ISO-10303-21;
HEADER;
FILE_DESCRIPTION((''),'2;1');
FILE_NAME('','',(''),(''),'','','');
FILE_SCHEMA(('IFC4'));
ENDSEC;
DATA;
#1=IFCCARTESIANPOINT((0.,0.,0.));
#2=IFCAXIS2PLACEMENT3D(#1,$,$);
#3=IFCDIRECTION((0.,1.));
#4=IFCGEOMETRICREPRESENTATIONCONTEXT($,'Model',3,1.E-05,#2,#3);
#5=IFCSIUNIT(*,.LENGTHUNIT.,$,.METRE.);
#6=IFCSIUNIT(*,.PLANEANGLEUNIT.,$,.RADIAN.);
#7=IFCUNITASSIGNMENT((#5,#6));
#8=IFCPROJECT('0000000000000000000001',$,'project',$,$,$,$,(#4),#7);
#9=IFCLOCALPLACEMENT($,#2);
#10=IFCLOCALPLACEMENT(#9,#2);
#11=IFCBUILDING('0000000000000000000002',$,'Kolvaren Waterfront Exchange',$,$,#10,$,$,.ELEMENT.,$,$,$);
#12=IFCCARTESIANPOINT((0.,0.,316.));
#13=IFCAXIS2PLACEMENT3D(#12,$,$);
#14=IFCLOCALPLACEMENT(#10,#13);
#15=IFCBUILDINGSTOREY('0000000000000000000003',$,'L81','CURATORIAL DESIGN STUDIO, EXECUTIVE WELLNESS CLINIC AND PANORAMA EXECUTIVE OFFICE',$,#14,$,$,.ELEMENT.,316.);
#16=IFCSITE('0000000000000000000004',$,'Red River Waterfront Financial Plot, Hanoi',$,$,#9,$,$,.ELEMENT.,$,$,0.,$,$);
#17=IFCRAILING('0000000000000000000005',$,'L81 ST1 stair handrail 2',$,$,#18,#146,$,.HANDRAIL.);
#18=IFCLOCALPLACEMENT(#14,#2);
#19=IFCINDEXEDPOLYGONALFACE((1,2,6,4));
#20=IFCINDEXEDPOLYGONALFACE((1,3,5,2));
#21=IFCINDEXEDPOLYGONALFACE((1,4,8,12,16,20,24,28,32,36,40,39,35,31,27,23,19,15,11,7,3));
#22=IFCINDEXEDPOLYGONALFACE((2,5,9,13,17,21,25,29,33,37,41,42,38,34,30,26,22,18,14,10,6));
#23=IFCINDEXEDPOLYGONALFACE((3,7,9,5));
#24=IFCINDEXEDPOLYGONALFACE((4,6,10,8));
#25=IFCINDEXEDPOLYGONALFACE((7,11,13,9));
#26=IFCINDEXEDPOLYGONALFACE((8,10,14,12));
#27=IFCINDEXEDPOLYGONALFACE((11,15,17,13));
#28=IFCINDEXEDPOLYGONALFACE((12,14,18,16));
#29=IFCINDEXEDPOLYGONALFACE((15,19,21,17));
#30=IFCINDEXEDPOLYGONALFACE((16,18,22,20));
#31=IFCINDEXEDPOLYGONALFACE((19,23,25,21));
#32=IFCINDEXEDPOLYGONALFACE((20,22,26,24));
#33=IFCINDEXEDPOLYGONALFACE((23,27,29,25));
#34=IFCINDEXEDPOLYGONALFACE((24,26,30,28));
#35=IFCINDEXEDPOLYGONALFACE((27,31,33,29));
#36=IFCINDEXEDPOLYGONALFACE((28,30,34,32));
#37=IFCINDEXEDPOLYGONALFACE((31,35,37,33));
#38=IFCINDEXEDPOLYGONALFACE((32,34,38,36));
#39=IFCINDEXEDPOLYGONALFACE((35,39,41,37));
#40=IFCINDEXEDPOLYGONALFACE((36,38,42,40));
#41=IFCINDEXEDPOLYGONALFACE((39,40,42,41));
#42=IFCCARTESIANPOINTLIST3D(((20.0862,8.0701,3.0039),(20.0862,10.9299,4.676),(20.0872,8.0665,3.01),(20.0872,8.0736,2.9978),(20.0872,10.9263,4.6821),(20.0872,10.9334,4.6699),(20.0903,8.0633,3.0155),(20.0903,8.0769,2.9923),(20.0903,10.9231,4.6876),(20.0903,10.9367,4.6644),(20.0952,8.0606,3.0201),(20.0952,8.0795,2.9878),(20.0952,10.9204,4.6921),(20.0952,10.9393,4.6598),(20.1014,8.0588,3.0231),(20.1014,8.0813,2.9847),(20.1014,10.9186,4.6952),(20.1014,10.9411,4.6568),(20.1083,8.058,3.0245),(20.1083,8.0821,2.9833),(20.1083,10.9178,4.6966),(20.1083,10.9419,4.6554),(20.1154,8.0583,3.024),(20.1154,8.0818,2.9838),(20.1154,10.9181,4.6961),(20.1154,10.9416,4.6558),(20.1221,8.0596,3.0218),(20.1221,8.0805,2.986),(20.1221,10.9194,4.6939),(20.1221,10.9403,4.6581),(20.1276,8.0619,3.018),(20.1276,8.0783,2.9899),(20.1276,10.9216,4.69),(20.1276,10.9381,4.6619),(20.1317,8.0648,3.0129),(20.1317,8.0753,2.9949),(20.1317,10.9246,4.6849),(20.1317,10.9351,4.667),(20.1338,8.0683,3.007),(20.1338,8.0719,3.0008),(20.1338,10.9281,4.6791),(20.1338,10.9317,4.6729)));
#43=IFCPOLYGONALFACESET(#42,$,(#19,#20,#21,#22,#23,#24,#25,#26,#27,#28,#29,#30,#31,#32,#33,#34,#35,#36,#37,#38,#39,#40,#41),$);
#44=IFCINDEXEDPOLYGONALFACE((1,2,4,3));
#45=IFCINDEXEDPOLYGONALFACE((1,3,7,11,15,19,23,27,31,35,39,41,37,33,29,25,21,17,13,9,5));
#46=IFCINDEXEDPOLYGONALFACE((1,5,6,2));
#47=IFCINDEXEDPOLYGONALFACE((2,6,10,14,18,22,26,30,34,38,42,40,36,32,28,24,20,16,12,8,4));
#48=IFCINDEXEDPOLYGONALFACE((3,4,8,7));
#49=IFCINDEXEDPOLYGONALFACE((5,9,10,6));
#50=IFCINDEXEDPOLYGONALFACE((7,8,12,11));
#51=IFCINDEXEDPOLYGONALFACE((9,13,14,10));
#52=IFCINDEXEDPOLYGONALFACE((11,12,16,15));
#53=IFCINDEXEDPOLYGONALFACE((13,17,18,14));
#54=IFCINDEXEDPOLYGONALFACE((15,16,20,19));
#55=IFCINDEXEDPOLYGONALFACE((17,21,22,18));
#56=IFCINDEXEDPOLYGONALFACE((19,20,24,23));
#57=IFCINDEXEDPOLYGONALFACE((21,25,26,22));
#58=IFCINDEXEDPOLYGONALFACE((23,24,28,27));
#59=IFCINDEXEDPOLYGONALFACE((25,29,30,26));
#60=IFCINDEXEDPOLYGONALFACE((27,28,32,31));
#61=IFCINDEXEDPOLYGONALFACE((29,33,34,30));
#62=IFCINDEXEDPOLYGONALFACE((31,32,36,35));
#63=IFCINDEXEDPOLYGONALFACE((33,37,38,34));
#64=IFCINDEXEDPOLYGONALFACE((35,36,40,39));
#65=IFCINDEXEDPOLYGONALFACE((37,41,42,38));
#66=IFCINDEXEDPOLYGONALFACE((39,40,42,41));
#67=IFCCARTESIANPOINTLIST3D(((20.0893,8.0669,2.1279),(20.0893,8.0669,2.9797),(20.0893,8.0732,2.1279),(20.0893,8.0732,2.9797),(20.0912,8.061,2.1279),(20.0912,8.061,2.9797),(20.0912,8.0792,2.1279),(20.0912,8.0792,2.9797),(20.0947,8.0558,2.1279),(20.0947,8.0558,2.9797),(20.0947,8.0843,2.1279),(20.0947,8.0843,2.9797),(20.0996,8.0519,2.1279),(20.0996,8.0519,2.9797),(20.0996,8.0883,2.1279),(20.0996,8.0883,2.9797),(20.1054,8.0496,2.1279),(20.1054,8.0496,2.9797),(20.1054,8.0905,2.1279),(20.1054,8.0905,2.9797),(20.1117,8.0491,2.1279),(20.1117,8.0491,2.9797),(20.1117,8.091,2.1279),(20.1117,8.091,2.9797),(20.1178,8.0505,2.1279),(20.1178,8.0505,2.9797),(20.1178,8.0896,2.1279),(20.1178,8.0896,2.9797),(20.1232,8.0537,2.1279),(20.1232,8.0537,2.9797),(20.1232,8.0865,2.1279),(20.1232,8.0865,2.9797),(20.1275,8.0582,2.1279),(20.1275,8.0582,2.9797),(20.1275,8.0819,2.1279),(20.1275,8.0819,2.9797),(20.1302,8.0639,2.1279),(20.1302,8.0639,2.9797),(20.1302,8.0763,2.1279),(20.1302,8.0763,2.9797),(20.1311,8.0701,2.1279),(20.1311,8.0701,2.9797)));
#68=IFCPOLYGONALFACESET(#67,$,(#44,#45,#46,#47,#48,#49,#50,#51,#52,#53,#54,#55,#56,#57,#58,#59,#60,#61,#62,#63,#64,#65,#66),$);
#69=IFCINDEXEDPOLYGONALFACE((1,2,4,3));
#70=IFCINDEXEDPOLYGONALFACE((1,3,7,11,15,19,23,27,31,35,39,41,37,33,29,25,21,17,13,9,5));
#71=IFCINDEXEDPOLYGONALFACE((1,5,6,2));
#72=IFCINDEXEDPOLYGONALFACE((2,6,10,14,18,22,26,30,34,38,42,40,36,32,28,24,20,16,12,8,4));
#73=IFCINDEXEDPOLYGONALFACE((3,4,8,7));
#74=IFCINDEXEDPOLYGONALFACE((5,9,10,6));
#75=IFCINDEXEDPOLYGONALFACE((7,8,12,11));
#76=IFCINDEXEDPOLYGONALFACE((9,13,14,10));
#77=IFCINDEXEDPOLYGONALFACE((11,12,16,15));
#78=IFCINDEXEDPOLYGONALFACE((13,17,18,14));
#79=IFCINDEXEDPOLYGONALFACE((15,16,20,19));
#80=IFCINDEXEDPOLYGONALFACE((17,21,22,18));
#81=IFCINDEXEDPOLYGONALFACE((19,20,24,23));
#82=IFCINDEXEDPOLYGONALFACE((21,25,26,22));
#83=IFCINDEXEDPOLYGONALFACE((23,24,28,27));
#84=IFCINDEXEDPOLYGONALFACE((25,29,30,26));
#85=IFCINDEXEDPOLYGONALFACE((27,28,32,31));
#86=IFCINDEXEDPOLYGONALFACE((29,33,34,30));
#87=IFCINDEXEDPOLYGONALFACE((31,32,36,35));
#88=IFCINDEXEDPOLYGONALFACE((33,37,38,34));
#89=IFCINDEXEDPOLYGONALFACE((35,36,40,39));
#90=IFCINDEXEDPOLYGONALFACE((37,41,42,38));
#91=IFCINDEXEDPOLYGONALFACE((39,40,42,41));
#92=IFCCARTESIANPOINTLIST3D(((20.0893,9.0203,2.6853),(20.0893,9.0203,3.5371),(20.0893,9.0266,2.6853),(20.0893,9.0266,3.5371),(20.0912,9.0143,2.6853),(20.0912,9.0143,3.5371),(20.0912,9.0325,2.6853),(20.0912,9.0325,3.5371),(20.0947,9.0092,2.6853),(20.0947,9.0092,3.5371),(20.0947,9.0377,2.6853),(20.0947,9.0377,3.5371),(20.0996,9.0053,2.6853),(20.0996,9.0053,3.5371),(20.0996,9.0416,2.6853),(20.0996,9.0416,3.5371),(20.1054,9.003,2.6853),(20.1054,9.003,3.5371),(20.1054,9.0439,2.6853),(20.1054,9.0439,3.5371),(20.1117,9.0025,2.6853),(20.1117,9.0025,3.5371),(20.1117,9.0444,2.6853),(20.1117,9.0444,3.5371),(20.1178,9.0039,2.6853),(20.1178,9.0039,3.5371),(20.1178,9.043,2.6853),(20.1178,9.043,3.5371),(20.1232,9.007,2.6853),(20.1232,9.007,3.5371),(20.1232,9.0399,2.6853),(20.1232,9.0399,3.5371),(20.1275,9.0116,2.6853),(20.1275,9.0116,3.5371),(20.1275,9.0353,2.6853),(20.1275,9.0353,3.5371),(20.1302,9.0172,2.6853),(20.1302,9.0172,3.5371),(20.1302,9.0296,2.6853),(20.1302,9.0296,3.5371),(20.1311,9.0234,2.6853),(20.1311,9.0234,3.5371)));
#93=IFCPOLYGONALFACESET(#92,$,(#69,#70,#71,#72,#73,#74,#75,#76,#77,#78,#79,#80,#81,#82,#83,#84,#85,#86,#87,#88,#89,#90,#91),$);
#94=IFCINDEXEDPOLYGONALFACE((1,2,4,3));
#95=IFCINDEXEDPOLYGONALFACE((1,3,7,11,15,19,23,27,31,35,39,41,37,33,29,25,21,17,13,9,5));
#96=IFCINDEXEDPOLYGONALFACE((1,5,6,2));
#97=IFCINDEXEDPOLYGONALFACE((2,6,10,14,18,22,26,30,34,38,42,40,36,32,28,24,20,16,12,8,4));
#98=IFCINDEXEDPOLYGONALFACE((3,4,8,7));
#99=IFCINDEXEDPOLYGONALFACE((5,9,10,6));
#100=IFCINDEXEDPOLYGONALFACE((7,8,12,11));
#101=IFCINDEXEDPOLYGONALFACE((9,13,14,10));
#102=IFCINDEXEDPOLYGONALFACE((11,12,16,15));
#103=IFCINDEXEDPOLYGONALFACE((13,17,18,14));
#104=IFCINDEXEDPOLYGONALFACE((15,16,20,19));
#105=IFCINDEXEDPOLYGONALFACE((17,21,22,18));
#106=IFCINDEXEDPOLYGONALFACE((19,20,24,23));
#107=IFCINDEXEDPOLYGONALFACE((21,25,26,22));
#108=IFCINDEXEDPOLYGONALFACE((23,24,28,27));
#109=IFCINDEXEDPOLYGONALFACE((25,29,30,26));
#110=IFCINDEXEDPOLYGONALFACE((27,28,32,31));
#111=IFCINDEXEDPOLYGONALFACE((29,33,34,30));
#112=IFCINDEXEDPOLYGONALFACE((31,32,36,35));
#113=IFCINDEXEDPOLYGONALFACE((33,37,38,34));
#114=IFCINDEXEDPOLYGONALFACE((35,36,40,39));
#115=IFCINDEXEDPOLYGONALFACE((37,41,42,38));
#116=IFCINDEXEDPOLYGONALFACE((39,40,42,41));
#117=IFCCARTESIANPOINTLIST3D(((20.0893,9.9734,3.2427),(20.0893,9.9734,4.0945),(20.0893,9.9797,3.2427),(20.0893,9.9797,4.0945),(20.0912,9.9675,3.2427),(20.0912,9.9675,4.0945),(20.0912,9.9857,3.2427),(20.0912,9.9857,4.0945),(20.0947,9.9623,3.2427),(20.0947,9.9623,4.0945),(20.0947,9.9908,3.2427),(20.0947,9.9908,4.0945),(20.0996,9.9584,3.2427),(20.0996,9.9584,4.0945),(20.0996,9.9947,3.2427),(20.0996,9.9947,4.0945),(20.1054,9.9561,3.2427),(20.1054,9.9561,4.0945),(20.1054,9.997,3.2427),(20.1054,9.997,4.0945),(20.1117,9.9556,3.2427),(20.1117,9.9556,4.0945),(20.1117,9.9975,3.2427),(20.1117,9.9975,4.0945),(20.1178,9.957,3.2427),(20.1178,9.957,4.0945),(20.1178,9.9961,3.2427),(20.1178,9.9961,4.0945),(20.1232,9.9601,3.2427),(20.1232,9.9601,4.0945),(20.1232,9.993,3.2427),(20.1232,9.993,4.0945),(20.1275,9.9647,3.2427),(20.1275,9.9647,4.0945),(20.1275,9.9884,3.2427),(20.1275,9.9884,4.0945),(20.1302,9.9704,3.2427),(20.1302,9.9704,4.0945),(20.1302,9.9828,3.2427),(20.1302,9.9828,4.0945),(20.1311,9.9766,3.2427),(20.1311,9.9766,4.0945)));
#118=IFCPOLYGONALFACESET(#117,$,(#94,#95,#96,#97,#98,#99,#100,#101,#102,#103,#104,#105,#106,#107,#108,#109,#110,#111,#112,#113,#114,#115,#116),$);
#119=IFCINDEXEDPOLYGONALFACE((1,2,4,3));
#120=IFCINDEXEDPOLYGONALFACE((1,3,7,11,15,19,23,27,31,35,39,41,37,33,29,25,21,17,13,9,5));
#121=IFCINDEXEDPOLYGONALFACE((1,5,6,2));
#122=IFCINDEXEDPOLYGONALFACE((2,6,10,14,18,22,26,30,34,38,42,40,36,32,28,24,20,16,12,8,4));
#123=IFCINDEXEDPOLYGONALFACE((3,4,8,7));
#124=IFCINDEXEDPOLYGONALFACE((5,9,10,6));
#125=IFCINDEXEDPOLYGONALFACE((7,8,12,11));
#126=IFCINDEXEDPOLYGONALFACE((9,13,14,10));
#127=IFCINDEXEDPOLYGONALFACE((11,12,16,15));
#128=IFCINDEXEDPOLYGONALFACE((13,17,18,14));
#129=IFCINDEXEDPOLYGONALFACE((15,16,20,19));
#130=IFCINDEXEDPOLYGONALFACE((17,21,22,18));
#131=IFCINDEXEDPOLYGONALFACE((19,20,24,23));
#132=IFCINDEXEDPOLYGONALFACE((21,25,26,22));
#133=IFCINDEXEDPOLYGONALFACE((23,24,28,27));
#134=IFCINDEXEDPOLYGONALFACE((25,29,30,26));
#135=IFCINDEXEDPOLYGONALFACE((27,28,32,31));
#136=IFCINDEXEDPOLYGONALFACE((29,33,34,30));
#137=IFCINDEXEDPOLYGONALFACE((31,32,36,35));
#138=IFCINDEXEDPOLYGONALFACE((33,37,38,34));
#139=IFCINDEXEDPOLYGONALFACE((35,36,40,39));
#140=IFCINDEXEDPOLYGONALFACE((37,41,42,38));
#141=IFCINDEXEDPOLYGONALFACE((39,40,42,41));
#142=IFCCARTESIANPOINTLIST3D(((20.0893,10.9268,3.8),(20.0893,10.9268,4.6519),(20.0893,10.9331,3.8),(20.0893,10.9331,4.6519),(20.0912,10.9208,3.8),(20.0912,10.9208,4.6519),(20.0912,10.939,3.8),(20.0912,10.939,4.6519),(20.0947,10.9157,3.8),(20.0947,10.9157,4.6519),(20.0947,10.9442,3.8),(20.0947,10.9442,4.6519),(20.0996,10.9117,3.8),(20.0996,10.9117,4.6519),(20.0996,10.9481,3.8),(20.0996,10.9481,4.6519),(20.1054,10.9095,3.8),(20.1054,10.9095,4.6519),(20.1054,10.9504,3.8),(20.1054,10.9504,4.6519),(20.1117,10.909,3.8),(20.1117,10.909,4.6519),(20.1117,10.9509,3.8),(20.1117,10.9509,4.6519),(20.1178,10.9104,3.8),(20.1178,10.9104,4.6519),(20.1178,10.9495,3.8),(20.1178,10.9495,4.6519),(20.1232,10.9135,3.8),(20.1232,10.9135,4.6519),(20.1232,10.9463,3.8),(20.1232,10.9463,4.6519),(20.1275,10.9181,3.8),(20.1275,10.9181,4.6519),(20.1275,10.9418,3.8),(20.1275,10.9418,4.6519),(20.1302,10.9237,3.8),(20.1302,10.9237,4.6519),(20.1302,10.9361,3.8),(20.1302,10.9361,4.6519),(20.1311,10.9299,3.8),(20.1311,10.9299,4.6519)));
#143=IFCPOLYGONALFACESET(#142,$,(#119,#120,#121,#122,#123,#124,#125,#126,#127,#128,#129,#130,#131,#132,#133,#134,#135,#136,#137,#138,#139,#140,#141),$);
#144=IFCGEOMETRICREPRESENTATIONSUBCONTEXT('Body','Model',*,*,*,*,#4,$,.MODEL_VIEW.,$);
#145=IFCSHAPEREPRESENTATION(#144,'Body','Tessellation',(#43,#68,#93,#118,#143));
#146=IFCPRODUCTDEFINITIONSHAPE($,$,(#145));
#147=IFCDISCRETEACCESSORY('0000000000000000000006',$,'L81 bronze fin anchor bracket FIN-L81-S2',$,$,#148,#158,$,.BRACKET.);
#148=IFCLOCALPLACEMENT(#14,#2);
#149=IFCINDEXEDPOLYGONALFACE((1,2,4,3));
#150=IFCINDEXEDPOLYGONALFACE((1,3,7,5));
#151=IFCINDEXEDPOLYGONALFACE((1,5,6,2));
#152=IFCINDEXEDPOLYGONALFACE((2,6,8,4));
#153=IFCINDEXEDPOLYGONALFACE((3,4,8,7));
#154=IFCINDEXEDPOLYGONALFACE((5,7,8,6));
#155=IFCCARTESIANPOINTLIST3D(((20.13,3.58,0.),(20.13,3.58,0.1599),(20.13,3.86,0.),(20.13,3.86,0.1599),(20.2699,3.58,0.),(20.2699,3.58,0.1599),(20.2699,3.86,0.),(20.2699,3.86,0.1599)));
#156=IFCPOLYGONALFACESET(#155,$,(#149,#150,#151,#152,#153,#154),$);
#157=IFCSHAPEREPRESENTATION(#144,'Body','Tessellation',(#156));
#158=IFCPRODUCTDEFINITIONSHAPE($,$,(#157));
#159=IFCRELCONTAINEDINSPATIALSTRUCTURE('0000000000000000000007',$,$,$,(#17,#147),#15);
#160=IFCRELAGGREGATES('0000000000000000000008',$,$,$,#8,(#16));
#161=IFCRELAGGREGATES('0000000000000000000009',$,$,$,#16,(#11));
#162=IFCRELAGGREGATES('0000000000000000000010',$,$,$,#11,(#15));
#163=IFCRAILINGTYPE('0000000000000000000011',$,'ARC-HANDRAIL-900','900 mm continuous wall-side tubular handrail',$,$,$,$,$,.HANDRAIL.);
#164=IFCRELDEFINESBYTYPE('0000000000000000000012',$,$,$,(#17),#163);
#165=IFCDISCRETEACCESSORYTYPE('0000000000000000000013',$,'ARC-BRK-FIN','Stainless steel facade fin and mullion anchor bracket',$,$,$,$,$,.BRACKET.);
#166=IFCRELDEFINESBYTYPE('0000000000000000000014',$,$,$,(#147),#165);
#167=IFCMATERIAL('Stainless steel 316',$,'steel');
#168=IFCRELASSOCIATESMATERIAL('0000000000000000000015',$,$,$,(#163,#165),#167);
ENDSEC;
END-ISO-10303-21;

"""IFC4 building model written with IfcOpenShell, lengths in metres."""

from ifc_helpers import new_model, si_unit, direction, frame, origin, origin_with_axes, origin_2d, place, context, subcontext, project, spatial, rectangle, circle, extrude, source, transform, mapped, material, type_object, element, save


model = new_model("IFC4")

# Units and contexts
model_context = context("Model", 3, precision=1e-05, world=origin(), true_north=direction((0.0, 1.0)))
body_context = subcontext(model_context, "Body", "Model", "MODEL_VIEW")
ifc_project = project(units=[si_unit("LENGTHUNIT", "METRE"), si_unit("PLANEANGLEUNIT", "RADIAN")], contexts=[model_context])

# Site, building, storey
site_placement = place(None, origin())
site = spatial("IfcSite", under=ifc_project, at=site_placement, Name="Red River Waterfront Financial Plot, Hanoi", CompositionType="ELEMENT", RefElevation=0.0)
building_placement = place(site_placement, origin())
building = spatial("IfcBuilding", under=site, at=building_placement, Name="Kolvaren Waterfront Exchange", CompositionType="ELEMENT")
storey_placement = place(building_placement, frame((0.0, 0.0, 316.0)))
storey = spatial("IfcBuildingStorey", under=building, at=storey_placement, Name="L81", Description="CURATORIAL DESIGN STUDIO, EXECUTIVE WELLNESS CLINIC AND PANORAMA EXECUTIVE OFFICE", CompositionType="ELEMENT", Elevation=316.0)

# Railing
ifc_material_1 = material(Name="Stainless steel 316", Category="steel")
railing_type_1 = type_object("IfcRailingType", Name="ARC-HANDRAIL-900", Description="900 mm continuous wall-side tubular handrail", PredefinedType="HANDRAIL", material=ifc_material_1)
railing_1_placement = place(storey_placement, frame((20.1101, 8.0701, 2.1279)))
element("IfcRailing", 1, at=railing_1_placement, inside=storey, type_object=railing_type_1, Name="L81 ST1 stair handrail 2", PredefinedType="HANDRAIL", context=body_context, shape_type="SweptSolid", body=[
    extrude(circle(Radius=0.0239, at=origin_2d()), frame((0.0, 0.0, 0.876), z_axis=(0.0, 0.863271, 0.504741), x_axis=(-1.0, 0.0, 0.0)), (0.0, 0.0, 1.0), 3.3127),
    extrude(circle(Radius=0.021, at=origin_2d()), origin(), (0.0, 0.0, 1.0), 0.8518),
    extrude(circle(Radius=0.021, at=origin_2d()), frame((0.0, 0.9534, 0.5574)), (0.0, 0.0, 1.0), 0.8518),
    extrude(circle(Radius=0.021, at=origin_2d()), frame((0.0, 1.9065, 1.1147)), (0.0, 0.0, 1.0), 0.8518),
    extrude(circle(Radius=0.021, at=origin_2d()), frame((0.0, 2.8599, 1.6721)), (0.0, 0.0, 1.0), 0.8518),
])

# Discrete accessory
discrete_accessory_type = type_object("IfcDiscreteAccessoryType", Name="ARC-BRK-FIN", Description="Stainless steel facade fin and mullion anchor bracket", PredefinedType="BRACKET", material=ifc_material_1)
shared_shape_1 = source(origin_with_axes(), body_context, "Body", "SweptSolid", [
    extrude(rectangle(XDim=0.28, YDim=0.1399, at=origin_2d()), origin(), (0.0, 0.0, 1.0), 0.1599),
])
discrete_accessory_placement = place(storey_placement, frame((20.2, 3.72, 0.0), z_axis=(0.0, 0.0, 1.0), x_axis=(0.0, -1.0, 0.0)))
element("IfcDiscreteAccessory", 2, at=discrete_accessory_placement, inside=storey, type_object=discrete_accessory_type, Name="L81 bronze fin anchor bracket FIN-L81-S2", PredefinedType="BRACKET", context=body_context, shape_type="MappedRepresentation", body=[
    mapped(shared_shape_1, transform((0.0, 0.0, 0.0), x_axis=(1.0, 0.0, 0.0), y_axis=(0.0, 1.0, 0.0), z_axis=(0.0, 0.0, 1.0), scale=1.0)),
])

save(model, "model.ifc")
